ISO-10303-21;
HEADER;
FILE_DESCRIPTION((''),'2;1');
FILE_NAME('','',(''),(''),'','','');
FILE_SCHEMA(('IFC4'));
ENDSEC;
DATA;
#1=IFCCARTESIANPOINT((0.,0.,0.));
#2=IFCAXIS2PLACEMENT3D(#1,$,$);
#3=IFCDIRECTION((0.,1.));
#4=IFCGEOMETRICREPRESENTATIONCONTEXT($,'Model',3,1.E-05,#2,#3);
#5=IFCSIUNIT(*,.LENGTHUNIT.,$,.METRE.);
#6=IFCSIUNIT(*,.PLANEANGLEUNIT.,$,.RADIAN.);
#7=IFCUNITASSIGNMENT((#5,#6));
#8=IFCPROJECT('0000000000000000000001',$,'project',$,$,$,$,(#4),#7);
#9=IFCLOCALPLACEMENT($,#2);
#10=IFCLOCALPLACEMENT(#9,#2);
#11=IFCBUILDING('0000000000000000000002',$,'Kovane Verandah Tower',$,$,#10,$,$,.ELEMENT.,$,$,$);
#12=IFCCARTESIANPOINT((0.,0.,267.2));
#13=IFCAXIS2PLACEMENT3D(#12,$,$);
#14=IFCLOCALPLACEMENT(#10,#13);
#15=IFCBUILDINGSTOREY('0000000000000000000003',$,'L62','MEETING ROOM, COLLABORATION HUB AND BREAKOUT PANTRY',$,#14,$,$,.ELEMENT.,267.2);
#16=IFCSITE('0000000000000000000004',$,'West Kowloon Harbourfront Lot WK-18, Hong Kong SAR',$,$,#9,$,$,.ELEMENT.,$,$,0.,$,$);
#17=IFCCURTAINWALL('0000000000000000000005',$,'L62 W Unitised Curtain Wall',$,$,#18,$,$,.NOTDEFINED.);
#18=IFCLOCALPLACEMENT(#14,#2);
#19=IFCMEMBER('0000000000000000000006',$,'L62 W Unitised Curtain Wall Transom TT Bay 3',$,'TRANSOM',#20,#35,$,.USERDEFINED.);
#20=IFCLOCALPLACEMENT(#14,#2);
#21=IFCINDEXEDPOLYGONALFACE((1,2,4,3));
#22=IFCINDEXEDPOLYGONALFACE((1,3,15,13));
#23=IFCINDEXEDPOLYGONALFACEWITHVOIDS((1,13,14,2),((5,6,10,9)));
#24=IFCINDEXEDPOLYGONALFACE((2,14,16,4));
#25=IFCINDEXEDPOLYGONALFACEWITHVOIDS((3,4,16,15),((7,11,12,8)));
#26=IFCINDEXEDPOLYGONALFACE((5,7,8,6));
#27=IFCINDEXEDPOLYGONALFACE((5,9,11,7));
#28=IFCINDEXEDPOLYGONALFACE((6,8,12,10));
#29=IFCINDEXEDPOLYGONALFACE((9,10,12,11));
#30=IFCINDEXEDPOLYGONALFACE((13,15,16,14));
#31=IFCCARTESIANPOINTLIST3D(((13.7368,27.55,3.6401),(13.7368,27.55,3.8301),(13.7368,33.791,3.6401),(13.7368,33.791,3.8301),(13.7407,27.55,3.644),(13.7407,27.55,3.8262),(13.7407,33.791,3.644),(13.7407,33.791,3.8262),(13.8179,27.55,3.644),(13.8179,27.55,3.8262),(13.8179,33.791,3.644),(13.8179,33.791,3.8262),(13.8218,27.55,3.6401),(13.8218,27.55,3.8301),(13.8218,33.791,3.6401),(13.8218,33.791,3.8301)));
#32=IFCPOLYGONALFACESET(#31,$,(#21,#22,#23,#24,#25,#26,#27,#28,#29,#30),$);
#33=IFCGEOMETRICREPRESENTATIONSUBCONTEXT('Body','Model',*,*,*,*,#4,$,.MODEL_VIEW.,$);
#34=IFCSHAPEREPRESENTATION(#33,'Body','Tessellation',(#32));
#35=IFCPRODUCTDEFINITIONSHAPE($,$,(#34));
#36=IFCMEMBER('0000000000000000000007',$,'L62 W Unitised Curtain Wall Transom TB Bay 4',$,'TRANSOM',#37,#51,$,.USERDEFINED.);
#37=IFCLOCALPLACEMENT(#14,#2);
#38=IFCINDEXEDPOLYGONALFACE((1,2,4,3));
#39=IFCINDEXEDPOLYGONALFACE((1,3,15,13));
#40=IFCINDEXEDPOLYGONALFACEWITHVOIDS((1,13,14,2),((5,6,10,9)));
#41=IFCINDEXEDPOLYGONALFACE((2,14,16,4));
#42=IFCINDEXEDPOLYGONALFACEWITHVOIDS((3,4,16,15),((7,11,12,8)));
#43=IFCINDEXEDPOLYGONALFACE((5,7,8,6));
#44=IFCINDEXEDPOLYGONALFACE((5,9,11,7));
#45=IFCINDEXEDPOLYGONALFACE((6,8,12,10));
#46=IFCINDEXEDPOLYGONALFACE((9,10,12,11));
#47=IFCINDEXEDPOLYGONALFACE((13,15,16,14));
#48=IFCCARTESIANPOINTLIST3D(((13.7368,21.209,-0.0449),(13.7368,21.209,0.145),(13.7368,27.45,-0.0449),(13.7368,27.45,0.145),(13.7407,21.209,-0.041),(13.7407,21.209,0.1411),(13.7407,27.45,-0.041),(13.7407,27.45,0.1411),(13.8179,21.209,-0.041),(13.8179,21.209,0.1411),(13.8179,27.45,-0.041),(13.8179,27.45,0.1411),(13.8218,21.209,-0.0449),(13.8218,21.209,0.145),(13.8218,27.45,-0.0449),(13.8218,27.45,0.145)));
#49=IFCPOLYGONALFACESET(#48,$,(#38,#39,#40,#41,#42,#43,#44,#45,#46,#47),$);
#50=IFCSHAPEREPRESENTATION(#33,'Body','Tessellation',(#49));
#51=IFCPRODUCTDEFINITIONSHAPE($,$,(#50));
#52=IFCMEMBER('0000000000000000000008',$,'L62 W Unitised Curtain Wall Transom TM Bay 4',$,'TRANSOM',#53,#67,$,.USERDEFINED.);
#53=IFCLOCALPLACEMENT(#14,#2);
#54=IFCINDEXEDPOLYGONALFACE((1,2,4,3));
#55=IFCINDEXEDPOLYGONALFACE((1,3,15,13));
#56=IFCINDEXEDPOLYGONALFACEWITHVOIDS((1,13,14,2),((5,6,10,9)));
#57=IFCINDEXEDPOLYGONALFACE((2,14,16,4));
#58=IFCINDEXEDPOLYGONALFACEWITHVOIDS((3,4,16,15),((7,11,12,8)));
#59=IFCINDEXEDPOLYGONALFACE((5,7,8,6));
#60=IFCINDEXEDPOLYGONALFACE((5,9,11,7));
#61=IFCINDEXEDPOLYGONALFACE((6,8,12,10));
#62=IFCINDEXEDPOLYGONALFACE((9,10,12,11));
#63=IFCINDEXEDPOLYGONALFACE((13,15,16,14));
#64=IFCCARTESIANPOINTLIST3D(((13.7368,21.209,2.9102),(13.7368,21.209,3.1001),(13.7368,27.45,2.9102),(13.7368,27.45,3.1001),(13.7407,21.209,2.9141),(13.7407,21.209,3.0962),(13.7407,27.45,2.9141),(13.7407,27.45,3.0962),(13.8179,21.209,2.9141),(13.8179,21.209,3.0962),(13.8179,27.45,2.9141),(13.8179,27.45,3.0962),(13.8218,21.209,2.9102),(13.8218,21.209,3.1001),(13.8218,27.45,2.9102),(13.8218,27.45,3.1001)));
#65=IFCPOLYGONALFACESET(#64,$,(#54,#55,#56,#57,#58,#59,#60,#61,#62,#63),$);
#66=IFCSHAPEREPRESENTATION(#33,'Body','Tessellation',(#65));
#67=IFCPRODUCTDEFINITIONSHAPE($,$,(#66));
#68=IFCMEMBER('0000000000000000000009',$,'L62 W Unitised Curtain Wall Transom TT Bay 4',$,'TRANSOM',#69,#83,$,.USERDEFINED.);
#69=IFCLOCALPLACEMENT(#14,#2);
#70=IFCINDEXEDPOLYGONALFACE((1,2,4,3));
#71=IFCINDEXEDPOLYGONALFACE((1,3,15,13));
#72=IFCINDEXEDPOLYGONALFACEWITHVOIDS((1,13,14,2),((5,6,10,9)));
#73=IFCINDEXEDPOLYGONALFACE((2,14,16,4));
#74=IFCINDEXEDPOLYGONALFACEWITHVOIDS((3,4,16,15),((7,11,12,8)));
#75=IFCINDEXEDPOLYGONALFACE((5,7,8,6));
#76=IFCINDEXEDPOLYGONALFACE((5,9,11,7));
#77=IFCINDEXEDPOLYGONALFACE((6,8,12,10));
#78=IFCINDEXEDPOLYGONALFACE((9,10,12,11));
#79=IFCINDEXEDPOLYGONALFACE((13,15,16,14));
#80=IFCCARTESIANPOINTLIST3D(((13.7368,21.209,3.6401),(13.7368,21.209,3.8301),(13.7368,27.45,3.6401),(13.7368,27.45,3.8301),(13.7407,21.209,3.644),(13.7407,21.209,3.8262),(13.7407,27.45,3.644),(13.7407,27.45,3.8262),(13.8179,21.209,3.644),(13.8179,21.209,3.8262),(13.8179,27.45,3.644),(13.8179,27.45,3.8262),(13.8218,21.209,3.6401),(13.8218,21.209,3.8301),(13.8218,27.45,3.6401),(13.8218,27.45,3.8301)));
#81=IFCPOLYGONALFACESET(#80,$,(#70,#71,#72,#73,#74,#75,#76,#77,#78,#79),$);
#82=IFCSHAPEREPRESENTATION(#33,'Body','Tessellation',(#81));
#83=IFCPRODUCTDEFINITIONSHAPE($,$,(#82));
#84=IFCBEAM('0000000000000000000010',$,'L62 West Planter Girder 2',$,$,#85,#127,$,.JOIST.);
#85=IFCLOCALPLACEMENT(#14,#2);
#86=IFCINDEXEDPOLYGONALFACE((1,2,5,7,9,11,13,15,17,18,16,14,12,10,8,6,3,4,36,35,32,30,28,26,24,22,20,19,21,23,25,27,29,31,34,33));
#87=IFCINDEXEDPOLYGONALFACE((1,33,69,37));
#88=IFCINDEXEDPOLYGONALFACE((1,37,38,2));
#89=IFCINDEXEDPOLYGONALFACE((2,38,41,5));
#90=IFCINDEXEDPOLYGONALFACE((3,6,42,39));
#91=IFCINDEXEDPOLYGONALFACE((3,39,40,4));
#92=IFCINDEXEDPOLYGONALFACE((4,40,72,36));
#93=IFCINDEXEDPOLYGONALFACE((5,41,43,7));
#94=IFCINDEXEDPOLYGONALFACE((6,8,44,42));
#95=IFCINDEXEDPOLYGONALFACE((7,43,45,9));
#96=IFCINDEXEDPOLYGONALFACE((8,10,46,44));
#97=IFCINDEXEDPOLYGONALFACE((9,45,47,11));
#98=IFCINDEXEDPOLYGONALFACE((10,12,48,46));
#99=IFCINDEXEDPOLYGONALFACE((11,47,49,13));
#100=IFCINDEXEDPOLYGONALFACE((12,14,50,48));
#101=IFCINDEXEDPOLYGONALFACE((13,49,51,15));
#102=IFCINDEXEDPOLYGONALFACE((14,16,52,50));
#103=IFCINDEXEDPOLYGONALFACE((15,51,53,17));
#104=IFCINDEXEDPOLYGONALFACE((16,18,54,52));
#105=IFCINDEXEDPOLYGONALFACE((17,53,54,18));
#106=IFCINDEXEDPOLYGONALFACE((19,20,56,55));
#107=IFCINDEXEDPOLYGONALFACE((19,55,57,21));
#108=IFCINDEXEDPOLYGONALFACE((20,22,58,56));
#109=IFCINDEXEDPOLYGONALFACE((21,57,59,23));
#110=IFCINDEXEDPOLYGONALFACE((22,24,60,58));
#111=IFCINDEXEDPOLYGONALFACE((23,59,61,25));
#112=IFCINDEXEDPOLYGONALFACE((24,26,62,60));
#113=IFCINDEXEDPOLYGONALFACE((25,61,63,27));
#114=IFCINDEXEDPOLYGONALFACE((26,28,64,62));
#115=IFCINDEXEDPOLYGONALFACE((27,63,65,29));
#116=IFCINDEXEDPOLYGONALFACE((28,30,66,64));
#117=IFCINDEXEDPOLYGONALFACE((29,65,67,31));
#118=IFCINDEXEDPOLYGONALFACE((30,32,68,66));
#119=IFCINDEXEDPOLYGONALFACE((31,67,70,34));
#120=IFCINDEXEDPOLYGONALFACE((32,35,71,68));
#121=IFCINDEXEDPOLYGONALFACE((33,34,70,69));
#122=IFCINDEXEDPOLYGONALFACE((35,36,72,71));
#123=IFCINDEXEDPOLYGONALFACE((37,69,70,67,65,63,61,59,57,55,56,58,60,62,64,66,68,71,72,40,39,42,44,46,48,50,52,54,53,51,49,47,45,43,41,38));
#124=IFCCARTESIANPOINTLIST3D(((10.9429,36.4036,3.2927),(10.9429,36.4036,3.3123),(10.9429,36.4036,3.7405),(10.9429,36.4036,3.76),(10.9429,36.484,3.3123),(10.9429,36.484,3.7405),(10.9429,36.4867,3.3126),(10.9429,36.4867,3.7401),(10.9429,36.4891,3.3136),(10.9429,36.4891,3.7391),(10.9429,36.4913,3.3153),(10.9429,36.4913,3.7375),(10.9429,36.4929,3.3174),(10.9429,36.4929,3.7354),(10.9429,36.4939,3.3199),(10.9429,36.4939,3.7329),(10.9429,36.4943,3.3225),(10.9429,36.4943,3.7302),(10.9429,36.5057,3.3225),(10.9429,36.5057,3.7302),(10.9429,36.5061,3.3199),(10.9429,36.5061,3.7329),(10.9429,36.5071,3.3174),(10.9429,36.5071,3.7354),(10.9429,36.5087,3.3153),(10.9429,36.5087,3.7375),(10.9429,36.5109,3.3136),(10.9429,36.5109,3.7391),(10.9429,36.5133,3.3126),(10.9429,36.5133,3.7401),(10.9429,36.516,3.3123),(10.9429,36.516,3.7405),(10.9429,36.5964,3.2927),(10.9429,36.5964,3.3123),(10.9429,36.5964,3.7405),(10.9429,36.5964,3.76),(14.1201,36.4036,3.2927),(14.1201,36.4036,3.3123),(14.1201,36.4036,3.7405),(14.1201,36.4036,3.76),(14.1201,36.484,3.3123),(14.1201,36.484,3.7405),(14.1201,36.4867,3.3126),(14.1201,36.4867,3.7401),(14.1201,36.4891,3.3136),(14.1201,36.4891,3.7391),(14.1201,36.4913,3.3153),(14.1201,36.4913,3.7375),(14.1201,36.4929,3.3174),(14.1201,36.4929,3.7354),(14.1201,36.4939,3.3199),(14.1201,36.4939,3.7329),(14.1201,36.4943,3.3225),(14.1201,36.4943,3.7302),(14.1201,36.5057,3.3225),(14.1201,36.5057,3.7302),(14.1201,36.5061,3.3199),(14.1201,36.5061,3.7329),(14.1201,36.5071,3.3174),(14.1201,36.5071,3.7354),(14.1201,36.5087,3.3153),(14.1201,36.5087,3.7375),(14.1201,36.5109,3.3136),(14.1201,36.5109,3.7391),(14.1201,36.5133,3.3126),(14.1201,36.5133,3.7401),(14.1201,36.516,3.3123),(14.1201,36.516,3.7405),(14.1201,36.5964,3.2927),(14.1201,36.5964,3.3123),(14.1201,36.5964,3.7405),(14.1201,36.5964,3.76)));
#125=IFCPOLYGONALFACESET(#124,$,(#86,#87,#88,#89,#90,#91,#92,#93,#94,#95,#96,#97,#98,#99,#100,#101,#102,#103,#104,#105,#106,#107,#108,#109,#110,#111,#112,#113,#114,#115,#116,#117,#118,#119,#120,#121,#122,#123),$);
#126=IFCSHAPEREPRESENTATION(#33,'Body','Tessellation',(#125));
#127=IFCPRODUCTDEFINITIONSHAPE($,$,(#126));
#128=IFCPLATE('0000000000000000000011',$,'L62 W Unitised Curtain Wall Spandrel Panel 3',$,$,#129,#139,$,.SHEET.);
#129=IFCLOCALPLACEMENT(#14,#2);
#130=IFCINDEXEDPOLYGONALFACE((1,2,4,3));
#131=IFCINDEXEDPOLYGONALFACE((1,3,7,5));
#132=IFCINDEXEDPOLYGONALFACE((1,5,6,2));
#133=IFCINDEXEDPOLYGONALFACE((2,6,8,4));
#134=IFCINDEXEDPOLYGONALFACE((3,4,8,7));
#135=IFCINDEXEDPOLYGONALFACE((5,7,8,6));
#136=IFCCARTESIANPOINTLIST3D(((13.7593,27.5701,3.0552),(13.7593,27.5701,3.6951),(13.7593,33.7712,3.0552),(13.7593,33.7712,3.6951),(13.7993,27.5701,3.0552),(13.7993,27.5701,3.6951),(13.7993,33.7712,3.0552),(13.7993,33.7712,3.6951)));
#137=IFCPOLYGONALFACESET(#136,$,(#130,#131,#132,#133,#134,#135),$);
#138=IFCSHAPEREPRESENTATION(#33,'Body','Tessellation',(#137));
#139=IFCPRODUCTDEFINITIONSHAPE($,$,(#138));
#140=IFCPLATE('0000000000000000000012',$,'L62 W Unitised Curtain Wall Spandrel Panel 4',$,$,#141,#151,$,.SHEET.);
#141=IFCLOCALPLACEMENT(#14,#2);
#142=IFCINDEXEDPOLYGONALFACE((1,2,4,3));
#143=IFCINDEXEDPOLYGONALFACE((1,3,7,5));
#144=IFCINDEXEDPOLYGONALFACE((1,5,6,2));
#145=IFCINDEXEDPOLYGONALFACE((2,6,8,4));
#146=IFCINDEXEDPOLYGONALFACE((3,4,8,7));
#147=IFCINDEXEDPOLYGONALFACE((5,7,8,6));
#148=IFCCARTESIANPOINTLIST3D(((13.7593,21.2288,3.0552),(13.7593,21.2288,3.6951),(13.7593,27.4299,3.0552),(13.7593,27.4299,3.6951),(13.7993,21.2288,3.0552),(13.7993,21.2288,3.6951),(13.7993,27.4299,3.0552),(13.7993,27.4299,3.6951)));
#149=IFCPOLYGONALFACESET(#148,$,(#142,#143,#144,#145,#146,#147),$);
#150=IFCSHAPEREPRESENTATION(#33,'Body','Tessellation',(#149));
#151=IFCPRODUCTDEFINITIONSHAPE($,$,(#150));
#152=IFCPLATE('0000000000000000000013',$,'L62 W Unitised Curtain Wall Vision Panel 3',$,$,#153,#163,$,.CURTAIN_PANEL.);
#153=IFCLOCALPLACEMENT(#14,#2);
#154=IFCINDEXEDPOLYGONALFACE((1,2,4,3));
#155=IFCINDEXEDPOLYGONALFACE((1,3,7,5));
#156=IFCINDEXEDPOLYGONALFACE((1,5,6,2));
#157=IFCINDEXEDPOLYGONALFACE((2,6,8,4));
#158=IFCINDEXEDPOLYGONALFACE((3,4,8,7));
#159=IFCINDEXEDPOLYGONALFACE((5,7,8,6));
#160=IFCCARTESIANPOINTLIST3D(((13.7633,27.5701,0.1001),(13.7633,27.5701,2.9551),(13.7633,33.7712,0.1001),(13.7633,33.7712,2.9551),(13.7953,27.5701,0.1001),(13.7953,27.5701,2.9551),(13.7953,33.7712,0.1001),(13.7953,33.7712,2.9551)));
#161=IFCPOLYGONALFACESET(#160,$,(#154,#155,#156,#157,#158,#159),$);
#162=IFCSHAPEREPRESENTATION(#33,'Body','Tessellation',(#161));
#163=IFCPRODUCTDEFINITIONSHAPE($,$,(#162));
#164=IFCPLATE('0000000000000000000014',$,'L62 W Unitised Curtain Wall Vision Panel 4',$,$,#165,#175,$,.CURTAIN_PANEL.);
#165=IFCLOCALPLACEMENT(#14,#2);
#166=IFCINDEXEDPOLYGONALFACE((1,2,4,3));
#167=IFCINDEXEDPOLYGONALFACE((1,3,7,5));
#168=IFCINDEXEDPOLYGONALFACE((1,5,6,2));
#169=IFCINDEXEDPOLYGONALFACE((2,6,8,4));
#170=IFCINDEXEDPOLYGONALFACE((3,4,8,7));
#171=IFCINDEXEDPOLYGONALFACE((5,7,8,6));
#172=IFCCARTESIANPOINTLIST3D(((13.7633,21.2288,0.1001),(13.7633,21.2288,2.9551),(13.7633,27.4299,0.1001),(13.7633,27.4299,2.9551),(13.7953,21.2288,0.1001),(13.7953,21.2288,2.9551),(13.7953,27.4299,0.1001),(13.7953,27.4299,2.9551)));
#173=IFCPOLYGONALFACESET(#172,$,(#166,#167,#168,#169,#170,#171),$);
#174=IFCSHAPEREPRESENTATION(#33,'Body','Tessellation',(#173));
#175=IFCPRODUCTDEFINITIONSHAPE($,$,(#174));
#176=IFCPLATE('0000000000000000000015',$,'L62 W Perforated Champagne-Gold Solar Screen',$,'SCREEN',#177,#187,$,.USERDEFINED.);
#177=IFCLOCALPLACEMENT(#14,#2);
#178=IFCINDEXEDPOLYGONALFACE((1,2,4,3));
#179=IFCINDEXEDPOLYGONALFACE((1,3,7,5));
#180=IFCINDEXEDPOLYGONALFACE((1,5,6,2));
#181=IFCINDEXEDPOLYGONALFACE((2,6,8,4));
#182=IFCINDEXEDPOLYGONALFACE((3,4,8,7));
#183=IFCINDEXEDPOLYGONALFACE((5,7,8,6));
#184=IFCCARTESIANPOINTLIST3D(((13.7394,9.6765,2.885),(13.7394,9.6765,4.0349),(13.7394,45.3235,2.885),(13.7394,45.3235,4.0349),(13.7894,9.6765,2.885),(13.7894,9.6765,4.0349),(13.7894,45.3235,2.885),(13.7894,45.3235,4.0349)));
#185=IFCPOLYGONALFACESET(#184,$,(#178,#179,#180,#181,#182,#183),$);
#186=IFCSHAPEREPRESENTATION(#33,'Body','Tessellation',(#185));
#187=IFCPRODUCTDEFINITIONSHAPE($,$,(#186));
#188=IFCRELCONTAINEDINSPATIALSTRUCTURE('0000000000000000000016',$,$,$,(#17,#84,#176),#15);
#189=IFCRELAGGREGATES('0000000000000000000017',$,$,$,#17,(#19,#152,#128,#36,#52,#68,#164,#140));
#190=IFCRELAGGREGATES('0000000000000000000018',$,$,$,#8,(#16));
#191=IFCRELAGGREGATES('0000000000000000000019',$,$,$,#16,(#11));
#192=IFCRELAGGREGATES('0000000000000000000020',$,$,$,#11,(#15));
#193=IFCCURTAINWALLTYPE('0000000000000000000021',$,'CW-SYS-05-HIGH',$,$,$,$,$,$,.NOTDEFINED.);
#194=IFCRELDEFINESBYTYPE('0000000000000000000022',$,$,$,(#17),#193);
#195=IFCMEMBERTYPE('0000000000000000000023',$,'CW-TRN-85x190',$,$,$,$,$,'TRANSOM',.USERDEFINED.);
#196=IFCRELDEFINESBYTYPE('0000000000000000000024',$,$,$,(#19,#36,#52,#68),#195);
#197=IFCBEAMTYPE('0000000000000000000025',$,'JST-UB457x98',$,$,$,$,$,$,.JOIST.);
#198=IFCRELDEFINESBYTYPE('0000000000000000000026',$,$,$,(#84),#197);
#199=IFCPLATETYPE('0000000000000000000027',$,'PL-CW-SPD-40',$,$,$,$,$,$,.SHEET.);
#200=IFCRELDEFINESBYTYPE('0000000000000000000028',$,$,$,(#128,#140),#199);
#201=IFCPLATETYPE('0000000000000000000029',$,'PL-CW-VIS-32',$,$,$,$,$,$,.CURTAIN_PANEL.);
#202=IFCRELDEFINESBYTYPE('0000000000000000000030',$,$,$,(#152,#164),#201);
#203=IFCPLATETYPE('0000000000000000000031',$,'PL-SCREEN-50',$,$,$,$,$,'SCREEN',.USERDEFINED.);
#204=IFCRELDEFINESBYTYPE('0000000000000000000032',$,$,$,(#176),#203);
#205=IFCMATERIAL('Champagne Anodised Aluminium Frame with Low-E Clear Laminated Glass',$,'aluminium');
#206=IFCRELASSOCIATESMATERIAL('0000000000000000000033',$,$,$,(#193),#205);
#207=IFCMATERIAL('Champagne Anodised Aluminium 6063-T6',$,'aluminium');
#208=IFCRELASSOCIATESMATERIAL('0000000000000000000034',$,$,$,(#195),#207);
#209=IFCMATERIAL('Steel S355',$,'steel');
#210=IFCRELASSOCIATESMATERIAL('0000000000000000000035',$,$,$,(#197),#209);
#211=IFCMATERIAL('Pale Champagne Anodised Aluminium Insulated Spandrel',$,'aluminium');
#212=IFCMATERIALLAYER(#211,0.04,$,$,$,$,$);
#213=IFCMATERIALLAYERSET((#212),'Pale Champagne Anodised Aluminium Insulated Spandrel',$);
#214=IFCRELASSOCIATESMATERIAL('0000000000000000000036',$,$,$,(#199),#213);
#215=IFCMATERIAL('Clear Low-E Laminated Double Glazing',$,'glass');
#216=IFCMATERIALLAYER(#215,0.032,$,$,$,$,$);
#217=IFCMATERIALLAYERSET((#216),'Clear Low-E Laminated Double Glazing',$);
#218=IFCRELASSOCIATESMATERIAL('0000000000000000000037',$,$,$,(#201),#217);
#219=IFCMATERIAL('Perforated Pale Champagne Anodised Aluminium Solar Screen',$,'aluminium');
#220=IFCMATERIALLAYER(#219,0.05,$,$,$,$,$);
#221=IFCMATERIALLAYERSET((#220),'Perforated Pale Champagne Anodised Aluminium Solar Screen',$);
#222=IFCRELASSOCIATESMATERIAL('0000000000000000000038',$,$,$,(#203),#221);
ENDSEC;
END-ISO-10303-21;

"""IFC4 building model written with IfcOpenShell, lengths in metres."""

from ifc_helpers import new_model, si_unit, direction, frame, origin, origin_2d, place, context, subcontext, project, spatial, rectangle, hollow_rectangle, i_section, extrude, material, layer, layer_set, material_profile, profile_set, type_object, element, aggregate, save


model = new_model("IFC4")

# Units and contexts
model_context = context("Model", 3, precision=1e-05, world=origin(), true_north=direction((0.0, 1.0)))
body_context = subcontext(model_context, "Body", "Model", "MODEL_VIEW")
ifc_project = project(units=[si_unit("LENGTHUNIT", "METRE"), si_unit("PLANEANGLEUNIT", "RADIAN")], contexts=[model_context])

# Site, building, storey
site_placement = place(None, origin())
site = spatial("IfcSite", under=ifc_project, at=site_placement, Name="West Kowloon Harbourfront Lot WK-18, Hong Kong SAR", CompositionType="ELEMENT", RefElevation=0.0)
building_placement = place(site_placement, origin())
building = spatial("IfcBuilding", under=site, at=building_placement, Name="Kovane Verandah Tower", CompositionType="ELEMENT")
storey_placement = place(building_placement, frame((0.0, 0.0, 267.2)))
storey = spatial("IfcBuildingStorey", under=building, at=storey_placement, Name="L62", Description="MEETING ROOM, COLLABORATION HUB AND BREAKOUT PANTRY", CompositionType="ELEMENT", Elevation=267.2)

# Shared definitions
ifc_material_1 = material(Name="Steel S355", Category="steel")

# Curtain wall, members
ifc_material_2 = material(Name="Champagne Anodised Aluminium Frame with Low-E Clear Laminated Glass", Category="aluminium")
curtain_wall_type = type_object("IfcCurtainWallType", Name="CW-SYS-05-HIGH", PredefinedType="NOTDEFINED", material=ifc_material_2)
curtain_wall_placement = place(storey_placement, origin())
curtain_wall = element("IfcCurtainWall", 1, at=curtain_wall_placement, inside=storey, type_object=curtain_wall_type, Name="L62 W Unitised Curtain Wall", PredefinedType="NOTDEFINED")
ifc_material_3 = material(Name="Champagne Anodised Aluminium 6063-T6", Category="aluminium")
ifc_material_profile_1 = material_profile(ifc_material_3, hollow_rectangle(XDim=0.085, YDim=0.1899, WallThickness=0.0039, at=origin_2d()), Name="AL85x190x4")
ifc_profile_set_1 = profile_set([ifc_material_profile_1], Name="Champagne Anodised Aluminium 6063-T6")
member_type_1 = type_object("IfcMemberType", Name="CW-TRN-85x190", ElementType="TRANSOM", PredefinedType="USERDEFINED", material=ifc_profile_set_1)
member_1_placement = place(storey_placement, frame((13.7793, 33.791, 3.7351), z_axis=(0.0, -1.0, 0.0), x_axis=(1.0, 0.0, 0.0)))
member_1 = element("IfcMember", 2, at=member_1_placement, type_object=member_type_1, Name="L62 W Unitised Curtain Wall Transom TT Bay 3", ObjectType="TRANSOM", PredefinedType="USERDEFINED", context=body_context, shape_type="SweptSolid", body=[
    extrude(hollow_rectangle(XDim=0.085, YDim=0.1899, WallThickness=0.0039, at=origin_2d()), origin(), (0.0, 0.0, 1.0), 6.241),
])
member_2_placement = place(storey_placement, frame((13.7793, 27.45, 0.05), z_axis=(0.0, -1.0, 0.0), x_axis=(1.0, 0.0, 0.0)))
member_2 = element("IfcMember", 3, at=member_2_placement, type_object=member_type_1, Name="L62 W Unitised Curtain Wall Transom TB Bay 4", ObjectType="TRANSOM", PredefinedType="USERDEFINED", context=body_context, shape_type="SweptSolid", body=[
    extrude(hollow_rectangle(XDim=0.085, YDim=0.1899, WallThickness=0.0039, at=origin_2d()), origin(), (0.0, 0.0, 1.0), 6.241),
])
member_3_placement = place(storey_placement, frame((13.7793, 27.45, 3.0051), z_axis=(0.0, -1.0, 0.0), x_axis=(1.0, 0.0, 0.0)))
member_3 = element("IfcMember", 4, at=member_3_placement, type_object=member_type_1, Name="L62 W Unitised Curtain Wall Transom TM Bay 4", ObjectType="TRANSOM", PredefinedType="USERDEFINED", context=body_context, shape_type="SweptSolid", body=[
    extrude(hollow_rectangle(XDim=0.085, YDim=0.1899, WallThickness=0.0039, at=origin_2d()), origin(), (0.0, 0.0, 1.0), 6.241),
])
member_4_placement = place(storey_placement, frame((13.7793, 27.45, 3.7351), z_axis=(0.0, -1.0, 0.0), x_axis=(1.0, 0.0, 0.0)))
member_4 = element("IfcMember", 5, at=member_4_placement, type_object=member_type_1, Name="L62 W Unitised Curtain Wall Transom TT Bay 4", ObjectType="TRANSOM", PredefinedType="USERDEFINED", context=body_context, shape_type="SweptSolid", body=[
    extrude(hollow_rectangle(XDim=0.085, YDim=0.1899, WallThickness=0.0039, at=origin_2d()), origin(), (0.0, 0.0, 1.0), 6.241),
])

# Beam
ifc_material_profile_2 = material_profile(ifc_material_1, i_section(OverallWidth=0.1929, OverallDepth=0.4673, WebThickness=0.0115, FlangeThickness=0.0195, FilletRadius=0.0103, at=origin_2d()), Name="UB457x191x98")
ifc_profile_set_2 = profile_set([ifc_material_profile_2], Name="Steel S355")
beam_type_1 = type_object("IfcBeamType", Name="JST-UB457x98", PredefinedType="JOIST", material=ifc_profile_set_2)
beam_1_placement = place(storey_placement, frame((14.1201, 36.5, 3.5264), z_axis=(-1.0, 0.0, 0.0), x_axis=(0.0, -1.0, 0.0)))
element("IfcBeam", 6, at=beam_1_placement, inside=storey, type_object=beam_type_1, Name="L62 West Planter Girder 2", PredefinedType="JOIST", context=body_context, shape_type="SweptSolid", body=[
    extrude(i_section(OverallWidth=0.1929, OverallDepth=0.4673, WebThickness=0.0115, FlangeThickness=0.0195, FilletRadius=0.0103, at=origin_2d()), origin(), (0.0, 0.0, 1.0), 3.1772),
])

# Plates
ifc_material_4 = material(Name="Pale Champagne Anodised Aluminium Insulated Spandrel", Category="aluminium")
ifc_layer_1 = layer(ifc_material_4, 0.04)
ifc_layer_set_1 = layer_set([ifc_layer_1], Name="Pale Champagne Anodised Aluminium Insulated Spandrel")
plate_type_1 = type_object("IfcPlateType", Name="PL-CW-SPD-40", PredefinedType="SHEET", material=ifc_layer_set_1)
plate_1_placement = place(storey_placement, frame((13.7793, 30.6707, 3.0552), z_axis=(0.0, 0.0, 1.0), x_axis=(0.0, -1.0, 0.0)))
plate_1 = element("IfcPlate", 7, at=plate_1_placement, type_object=plate_type_1, Name="L62 W Unitised Curtain Wall Spandrel Panel 3", PredefinedType="SHEET", context=body_context, shape_type="SweptSolid", body=[
    extrude(rectangle(XDim=6.2012, YDim=0.04, at=origin_2d()), origin(), (0.0, 0.0, 1.0), 0.6399),
])
plate_2_placement = place(storey_placement, frame((13.7793, 24.3293, 3.0552), z_axis=(0.0, 0.0, 1.0), x_axis=(0.0, -1.0, 0.0)))
plate_2 = element("IfcPlate", 8, at=plate_2_placement, type_object=plate_type_1, Name="L62 W Unitised Curtain Wall Spandrel Panel 4", PredefinedType="SHEET", context=body_context, shape_type="SweptSolid", body=[
    extrude(rectangle(XDim=6.2012, YDim=0.04, at=origin_2d()), origin(), (0.0, 0.0, 1.0), 0.6399),
])
ifc_material_5 = material(Name="Clear Low-E Laminated Double Glazing", Category="glass")
ifc_layer_2 = layer(ifc_material_5, 0.032)
ifc_layer_set_2 = layer_set([ifc_layer_2], Name="Clear Low-E Laminated Double Glazing")
plate_type_2 = type_object("IfcPlateType", Name="PL-CW-VIS-32", PredefinedType="CURTAIN_PANEL", material=ifc_layer_set_2)
plate_3_placement = place(storey_placement, frame((13.7793, 30.6707, 0.1001), z_axis=(0.0, 0.0, 1.0), x_axis=(0.0, -1.0, 0.0)))
plate_3 = element("IfcPlate", 9, at=plate_3_placement, type_object=plate_type_2, Name="L62 W Unitised Curtain Wall Vision Panel 3", PredefinedType="CURTAIN_PANEL", context=body_context, shape_type="SweptSolid", body=[
    extrude(rectangle(XDim=6.2012, YDim=0.032, at=origin_2d()), origin(), (0.0, 0.0, 1.0), 2.855),
])
plate_4_placement = place(storey_placement, frame((13.7793, 24.3293, 0.1001), z_axis=(0.0, 0.0, 1.0), x_axis=(0.0, -1.0, 0.0)))
plate_4 = element("IfcPlate", 10, at=plate_4_placement, type_object=plate_type_2, Name="L62 W Unitised Curtain Wall Vision Panel 4", PredefinedType="CURTAIN_PANEL", context=body_context, shape_type="SweptSolid", body=[
    extrude(rectangle(XDim=6.2012, YDim=0.032, at=origin_2d()), origin(), (0.0, 0.0, 1.0), 2.855),
])
aggregate(curtain_wall, [member_1, plate_3, plate_1, member_2, member_3, member_4, plate_4, plate_2])

# Plate
ifc_material_6 = material(Name="Perforated Pale Champagne Anodised Aluminium Solar Screen", Category="aluminium")
ifc_layer_3 = layer(ifc_material_6, 0.05)
ifc_layer_set_3 = layer_set([ifc_layer_3], Name="Perforated Pale Champagne Anodised Aluminium Solar Screen")
plate_type_3 = type_object("IfcPlateType", Name="PL-SCREEN-50", ElementType="SCREEN", PredefinedType="USERDEFINED", material=ifc_layer_set_3)
plate_5_placement = place(storey_placement, frame((13.7644, 27.5, 2.885), z_axis=(0.0, 0.0, 1.0), x_axis=(0.0, -1.0, 0.0)))
element("IfcPlate", 11, at=plate_5_placement, inside=storey, type_object=plate_type_3, Name="L62 W Perforated Champagne-Gold Solar Screen", ObjectType="SCREEN", PredefinedType="USERDEFINED", context=body_context, shape_type="SweptSolid", body=[
    extrude(rectangle(XDim=35.647, YDim=0.05, at=origin_2d()), origin(), (0.0, 0.0, 1.0), 1.1499),
])

save(model, "model.ifc")
